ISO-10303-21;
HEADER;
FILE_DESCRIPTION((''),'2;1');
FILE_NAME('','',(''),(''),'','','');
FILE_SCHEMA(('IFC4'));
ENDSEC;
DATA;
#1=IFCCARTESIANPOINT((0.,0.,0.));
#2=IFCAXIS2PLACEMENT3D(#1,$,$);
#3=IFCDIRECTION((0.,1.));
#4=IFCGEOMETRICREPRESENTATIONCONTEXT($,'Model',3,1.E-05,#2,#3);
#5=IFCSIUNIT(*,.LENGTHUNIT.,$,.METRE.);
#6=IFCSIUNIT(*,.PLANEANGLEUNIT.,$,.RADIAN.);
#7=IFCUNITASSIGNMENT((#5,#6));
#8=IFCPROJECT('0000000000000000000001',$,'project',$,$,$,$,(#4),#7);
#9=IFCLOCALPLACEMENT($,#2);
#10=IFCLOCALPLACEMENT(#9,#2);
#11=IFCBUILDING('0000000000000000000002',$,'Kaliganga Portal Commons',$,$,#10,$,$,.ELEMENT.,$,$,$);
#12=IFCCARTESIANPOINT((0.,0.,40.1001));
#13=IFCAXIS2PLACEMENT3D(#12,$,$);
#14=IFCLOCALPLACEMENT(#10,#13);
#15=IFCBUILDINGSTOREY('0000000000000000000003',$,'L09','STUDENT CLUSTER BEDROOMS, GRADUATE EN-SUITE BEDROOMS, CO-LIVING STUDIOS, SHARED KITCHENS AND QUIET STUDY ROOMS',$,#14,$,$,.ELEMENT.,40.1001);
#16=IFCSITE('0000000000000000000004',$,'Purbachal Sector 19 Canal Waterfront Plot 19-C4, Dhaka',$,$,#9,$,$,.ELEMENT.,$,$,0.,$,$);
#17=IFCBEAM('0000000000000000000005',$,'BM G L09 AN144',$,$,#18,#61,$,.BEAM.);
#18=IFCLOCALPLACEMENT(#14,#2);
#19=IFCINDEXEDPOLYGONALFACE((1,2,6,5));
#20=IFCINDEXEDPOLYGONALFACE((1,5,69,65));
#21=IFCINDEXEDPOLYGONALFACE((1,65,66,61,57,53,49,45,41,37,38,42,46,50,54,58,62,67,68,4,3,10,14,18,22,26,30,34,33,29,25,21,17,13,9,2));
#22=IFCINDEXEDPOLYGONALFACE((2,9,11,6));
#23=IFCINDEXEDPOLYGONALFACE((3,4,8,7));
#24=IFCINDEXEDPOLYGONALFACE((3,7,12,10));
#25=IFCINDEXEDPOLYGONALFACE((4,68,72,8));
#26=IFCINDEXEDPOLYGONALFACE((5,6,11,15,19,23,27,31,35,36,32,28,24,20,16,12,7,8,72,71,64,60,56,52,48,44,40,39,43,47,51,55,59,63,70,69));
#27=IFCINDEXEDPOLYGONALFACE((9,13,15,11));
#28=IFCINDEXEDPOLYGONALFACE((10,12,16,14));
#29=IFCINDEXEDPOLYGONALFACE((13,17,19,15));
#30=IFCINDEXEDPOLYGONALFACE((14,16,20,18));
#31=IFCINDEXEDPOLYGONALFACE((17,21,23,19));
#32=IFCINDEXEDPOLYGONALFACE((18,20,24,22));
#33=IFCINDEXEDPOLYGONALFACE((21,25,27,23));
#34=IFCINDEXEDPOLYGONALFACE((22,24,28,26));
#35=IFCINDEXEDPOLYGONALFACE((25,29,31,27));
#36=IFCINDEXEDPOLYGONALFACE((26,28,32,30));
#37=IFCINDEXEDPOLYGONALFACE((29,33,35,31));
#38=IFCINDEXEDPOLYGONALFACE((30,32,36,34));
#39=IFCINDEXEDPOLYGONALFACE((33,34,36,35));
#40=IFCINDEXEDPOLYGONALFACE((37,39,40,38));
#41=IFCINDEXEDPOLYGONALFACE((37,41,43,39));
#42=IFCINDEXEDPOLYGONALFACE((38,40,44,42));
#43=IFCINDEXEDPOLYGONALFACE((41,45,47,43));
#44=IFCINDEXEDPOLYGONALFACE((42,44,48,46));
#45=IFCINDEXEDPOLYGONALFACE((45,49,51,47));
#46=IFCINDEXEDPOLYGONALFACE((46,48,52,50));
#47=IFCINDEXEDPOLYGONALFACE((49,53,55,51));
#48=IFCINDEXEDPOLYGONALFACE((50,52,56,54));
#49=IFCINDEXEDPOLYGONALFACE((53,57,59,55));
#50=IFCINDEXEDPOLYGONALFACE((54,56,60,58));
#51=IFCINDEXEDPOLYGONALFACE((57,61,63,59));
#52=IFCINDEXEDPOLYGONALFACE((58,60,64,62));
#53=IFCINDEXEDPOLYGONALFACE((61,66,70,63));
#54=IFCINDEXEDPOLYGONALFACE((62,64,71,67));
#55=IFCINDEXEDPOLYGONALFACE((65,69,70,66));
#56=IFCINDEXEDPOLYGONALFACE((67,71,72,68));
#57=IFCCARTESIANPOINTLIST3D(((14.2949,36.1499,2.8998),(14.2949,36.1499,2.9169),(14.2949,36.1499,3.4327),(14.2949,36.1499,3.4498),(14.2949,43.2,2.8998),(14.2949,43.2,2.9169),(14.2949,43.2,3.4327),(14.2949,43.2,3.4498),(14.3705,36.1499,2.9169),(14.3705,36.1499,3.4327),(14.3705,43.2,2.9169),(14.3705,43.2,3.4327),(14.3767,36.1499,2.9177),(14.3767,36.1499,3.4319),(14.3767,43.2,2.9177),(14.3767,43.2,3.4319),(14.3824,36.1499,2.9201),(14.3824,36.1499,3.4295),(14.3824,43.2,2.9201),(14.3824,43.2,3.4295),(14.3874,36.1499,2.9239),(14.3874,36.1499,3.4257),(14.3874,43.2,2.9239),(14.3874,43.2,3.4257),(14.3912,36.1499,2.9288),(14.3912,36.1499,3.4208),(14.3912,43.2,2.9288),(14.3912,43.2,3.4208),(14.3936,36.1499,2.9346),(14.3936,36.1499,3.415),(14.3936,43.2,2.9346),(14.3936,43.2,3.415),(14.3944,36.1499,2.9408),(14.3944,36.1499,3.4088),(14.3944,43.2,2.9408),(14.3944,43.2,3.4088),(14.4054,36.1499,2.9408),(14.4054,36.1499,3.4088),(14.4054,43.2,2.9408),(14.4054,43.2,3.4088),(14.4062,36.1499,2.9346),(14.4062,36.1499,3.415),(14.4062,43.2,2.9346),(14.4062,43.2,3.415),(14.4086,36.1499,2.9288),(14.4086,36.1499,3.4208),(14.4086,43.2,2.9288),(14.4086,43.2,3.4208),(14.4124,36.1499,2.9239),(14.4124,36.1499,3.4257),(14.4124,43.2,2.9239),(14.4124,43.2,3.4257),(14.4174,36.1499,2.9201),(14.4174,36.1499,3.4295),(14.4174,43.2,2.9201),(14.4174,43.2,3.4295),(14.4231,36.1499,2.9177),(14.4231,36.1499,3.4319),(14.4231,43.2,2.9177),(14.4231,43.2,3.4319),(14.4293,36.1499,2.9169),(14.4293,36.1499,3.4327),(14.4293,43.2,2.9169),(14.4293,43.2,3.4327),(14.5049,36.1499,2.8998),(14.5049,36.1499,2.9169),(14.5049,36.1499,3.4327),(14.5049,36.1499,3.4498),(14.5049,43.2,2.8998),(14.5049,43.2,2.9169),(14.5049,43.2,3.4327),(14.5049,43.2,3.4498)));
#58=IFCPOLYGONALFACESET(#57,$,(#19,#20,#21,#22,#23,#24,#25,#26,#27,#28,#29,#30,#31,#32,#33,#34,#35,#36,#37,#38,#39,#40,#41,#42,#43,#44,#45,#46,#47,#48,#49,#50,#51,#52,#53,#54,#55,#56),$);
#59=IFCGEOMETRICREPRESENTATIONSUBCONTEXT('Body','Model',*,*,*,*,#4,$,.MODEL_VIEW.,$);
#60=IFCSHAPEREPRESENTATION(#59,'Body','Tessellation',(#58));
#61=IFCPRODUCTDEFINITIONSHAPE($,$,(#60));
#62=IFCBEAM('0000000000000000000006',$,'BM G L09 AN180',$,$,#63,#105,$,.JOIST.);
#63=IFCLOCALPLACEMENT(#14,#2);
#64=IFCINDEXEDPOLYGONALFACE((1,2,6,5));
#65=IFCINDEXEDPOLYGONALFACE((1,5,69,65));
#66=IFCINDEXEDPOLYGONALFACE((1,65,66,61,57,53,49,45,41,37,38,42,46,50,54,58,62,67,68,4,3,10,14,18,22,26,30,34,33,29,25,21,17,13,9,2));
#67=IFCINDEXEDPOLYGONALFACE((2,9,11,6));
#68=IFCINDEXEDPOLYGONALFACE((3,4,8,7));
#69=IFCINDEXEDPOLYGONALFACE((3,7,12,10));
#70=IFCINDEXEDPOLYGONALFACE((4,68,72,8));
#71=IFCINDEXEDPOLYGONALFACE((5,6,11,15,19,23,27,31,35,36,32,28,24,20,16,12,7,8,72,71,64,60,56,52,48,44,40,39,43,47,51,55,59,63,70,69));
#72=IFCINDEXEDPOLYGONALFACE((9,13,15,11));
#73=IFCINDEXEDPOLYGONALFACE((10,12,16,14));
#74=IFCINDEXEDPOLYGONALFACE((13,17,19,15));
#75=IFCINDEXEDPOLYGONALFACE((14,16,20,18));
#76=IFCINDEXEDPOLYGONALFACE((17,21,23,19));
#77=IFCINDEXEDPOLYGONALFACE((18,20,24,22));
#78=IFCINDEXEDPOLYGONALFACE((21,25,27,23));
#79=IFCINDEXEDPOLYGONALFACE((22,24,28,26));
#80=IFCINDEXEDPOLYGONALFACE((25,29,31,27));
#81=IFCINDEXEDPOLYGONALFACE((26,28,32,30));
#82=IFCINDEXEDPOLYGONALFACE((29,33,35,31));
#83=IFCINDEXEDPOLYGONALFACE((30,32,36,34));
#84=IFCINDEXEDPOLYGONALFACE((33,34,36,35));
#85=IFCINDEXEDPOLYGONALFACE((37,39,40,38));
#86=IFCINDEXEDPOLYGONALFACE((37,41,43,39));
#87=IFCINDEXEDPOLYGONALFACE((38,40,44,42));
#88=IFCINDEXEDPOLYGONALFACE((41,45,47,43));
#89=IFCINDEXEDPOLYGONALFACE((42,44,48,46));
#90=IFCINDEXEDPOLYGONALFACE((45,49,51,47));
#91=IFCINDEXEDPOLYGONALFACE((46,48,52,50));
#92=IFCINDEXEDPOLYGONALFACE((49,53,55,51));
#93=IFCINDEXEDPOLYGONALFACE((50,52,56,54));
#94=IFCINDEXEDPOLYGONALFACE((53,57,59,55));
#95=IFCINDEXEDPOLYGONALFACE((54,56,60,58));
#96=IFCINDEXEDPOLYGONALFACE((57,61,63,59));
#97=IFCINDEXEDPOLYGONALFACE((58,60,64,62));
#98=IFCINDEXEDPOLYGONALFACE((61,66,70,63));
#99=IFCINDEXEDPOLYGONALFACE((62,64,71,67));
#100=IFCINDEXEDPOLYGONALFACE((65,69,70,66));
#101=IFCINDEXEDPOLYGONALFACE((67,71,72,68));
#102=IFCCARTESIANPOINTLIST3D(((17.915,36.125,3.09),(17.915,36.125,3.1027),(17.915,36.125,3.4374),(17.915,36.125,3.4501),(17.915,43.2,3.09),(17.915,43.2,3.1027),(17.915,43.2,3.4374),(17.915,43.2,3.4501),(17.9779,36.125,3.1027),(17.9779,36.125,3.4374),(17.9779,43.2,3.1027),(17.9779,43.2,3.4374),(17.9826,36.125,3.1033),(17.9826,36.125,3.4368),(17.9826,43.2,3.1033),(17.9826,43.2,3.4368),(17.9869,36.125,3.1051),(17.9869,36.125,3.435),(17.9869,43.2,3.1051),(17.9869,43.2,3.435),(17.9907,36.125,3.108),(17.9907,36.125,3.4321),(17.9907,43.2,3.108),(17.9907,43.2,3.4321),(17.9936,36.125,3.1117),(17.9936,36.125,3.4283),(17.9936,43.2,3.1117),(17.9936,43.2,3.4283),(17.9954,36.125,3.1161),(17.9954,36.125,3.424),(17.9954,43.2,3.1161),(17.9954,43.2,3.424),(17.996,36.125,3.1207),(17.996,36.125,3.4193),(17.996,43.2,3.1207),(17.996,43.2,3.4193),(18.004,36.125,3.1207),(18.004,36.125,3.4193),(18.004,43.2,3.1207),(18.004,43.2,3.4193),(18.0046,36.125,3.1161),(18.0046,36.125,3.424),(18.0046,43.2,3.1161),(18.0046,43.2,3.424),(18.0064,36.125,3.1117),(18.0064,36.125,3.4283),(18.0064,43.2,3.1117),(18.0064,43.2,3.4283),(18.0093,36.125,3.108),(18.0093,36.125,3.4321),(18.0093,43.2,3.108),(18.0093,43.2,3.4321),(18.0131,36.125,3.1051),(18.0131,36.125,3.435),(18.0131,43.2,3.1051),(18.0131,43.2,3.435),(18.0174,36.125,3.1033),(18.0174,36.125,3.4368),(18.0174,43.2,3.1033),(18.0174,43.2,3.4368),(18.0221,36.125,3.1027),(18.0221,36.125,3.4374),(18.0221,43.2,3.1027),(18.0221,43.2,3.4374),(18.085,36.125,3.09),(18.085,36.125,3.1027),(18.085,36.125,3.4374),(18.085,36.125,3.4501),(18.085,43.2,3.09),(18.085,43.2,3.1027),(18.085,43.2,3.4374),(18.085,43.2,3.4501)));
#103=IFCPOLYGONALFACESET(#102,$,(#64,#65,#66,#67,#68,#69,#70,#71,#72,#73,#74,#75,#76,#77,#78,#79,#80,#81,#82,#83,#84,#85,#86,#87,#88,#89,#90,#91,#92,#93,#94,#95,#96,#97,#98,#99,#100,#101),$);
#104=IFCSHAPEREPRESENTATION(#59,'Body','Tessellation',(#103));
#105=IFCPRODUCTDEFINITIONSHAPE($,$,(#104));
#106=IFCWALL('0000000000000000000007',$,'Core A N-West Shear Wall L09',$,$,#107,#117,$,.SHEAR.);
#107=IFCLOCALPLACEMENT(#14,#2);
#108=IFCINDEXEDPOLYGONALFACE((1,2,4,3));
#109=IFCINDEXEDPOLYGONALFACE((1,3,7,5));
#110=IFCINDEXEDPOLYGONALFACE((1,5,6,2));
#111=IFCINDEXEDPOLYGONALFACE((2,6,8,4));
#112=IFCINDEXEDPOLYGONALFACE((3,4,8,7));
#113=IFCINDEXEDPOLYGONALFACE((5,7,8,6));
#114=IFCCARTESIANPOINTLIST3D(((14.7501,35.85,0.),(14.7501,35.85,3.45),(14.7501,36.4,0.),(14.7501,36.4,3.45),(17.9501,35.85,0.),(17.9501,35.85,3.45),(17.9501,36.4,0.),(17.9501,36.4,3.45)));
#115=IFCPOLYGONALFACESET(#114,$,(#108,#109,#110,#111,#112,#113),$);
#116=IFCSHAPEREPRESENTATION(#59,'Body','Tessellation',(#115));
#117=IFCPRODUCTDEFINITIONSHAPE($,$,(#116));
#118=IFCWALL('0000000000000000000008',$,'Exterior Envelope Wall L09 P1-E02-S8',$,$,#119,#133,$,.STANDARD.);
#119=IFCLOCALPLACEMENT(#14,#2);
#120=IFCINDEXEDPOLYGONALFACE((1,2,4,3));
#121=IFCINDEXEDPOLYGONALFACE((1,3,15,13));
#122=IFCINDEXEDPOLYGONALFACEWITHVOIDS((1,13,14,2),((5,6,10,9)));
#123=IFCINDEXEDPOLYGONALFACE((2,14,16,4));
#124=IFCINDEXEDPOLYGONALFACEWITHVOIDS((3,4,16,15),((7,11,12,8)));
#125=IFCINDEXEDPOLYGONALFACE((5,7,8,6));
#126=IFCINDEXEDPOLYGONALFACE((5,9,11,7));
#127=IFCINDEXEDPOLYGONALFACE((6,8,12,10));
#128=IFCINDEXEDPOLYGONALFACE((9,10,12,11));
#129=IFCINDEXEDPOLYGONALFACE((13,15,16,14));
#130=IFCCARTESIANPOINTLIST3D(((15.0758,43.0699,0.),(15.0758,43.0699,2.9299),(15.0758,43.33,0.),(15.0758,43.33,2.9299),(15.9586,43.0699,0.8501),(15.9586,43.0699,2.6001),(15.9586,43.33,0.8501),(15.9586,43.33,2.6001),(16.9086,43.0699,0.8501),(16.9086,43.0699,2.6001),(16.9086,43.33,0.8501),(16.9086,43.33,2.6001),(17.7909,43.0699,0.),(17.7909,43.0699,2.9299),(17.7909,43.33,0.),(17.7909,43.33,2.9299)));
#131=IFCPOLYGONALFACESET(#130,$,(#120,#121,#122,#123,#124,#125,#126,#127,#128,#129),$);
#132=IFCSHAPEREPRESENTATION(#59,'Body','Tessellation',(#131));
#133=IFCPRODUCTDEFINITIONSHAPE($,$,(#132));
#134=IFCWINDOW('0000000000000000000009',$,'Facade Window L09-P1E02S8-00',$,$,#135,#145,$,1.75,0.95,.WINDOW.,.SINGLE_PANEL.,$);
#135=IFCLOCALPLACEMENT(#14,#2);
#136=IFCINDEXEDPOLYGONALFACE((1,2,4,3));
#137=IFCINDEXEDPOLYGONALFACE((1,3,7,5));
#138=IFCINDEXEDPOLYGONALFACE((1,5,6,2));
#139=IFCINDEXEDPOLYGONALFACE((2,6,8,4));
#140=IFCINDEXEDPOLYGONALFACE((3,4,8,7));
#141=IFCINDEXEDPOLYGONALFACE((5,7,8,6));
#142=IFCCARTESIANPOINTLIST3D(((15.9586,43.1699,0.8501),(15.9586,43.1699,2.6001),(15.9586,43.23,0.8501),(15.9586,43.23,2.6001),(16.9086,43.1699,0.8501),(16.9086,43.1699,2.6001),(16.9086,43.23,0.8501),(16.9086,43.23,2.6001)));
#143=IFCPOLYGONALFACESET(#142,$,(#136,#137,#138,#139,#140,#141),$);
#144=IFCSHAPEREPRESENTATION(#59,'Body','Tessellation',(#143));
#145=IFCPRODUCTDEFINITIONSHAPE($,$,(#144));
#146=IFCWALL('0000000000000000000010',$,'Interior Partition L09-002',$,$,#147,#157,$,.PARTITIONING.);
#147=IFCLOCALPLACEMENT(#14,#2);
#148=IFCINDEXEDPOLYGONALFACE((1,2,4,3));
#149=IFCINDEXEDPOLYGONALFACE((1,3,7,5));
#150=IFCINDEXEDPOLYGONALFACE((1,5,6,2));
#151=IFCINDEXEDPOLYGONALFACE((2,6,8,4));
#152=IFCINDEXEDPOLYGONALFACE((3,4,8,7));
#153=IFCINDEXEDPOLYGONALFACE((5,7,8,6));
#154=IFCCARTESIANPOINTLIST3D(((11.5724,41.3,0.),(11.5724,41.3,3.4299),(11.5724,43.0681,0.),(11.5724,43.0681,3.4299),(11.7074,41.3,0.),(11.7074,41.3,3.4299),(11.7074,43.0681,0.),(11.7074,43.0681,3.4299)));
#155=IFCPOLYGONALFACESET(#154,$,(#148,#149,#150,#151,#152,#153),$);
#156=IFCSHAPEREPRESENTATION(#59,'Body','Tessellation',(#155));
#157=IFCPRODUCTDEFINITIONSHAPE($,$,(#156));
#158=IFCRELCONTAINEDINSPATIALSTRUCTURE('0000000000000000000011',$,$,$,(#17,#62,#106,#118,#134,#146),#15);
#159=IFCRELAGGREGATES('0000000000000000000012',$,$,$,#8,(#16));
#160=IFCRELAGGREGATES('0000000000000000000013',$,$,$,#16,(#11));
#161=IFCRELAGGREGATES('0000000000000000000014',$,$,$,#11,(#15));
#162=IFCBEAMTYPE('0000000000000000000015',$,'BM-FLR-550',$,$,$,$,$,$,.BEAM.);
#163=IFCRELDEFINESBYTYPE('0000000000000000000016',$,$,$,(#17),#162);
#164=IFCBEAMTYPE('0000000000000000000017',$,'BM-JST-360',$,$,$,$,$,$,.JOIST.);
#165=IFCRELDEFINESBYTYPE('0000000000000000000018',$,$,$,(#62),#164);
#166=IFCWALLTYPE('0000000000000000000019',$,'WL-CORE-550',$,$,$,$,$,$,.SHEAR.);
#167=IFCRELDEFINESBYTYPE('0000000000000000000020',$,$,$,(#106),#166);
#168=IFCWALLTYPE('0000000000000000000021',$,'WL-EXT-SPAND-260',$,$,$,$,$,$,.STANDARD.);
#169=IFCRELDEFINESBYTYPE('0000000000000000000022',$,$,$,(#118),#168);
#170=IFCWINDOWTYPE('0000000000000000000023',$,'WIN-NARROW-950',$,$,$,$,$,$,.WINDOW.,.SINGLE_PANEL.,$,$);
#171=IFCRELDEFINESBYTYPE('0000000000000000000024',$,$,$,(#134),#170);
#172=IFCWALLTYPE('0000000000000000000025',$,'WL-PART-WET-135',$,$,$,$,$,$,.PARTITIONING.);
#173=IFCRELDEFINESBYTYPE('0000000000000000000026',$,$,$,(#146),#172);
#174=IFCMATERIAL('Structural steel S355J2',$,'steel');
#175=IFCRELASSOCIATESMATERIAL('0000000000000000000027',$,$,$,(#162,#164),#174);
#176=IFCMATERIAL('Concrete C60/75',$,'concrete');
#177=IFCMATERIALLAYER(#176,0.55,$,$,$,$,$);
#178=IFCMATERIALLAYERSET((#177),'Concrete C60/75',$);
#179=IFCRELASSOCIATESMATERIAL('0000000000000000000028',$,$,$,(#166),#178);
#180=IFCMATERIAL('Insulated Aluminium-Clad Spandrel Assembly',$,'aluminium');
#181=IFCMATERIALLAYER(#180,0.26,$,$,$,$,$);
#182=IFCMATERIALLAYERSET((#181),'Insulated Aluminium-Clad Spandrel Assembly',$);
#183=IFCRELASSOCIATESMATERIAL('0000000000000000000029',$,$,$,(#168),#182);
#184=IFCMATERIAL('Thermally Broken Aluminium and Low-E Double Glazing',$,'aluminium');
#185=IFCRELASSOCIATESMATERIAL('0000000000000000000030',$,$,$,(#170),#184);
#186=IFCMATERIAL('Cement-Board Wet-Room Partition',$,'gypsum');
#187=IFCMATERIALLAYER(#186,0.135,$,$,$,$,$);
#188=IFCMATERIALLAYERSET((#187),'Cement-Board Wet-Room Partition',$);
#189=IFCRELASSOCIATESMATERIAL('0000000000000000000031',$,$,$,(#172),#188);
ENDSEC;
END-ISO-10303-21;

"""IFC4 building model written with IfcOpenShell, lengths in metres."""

from ifc_helpers import new_model, si_unit, direction, frame, frame_2d, origin, origin_2d, place, context, subcontext, project, spatial, rectangle, i_section, extrude, source, transform, mapped, material, layer, layer_set, material_profile, profile_set, type_object, element, fill, save


model = new_model("IFC4")

# Units and contexts
model_context = context("Model", 3, precision=1e-05, world=origin(), true_north=direction((0.0, 1.0)))
body_context = subcontext(model_context, "Body", "Model", "MODEL_VIEW")
ifc_project = project(units=[si_unit("LENGTHUNIT", "METRE"), si_unit("PLANEANGLEUNIT", "RADIAN")], contexts=[model_context])

# Site, building, storey
site_placement = place(None, origin())
site = spatial("IfcSite", under=ifc_project, at=site_placement, Name="Purbachal Sector 19 Canal Waterfront Plot 19-C4, Dhaka", CompositionType="ELEMENT", RefElevation=0.0)
building_placement = place(site_placement, origin())
building = spatial("IfcBuilding", under=site, at=building_placement, Name="Kaliganga Portal Commons", CompositionType="ELEMENT")
storey_placement = place(building_placement, frame((0.0, 0.0, 40.1001)))
storey = spatial("IfcBuildingStorey", under=building, at=storey_placement, Name="L09", Description="STUDENT CLUSTER BEDROOMS, GRADUATE EN-SUITE BEDROOMS, CO-LIVING STUDIOS, SHARED KITCHENS AND QUIET STUDY ROOMS", CompositionType="ELEMENT", Elevation=40.1001)

# Beams
ifc_material_1 = material(Name="Concrete C60/75", Category="concrete")
ifc_material_2 = material(Name="Structural steel S355J2", Category="steel")
ifc_material_profile_1 = material_profile(ifc_material_2, i_section(OverallWidth=0.21, OverallDepth=0.55, WebThickness=0.011, FlangeThickness=0.0171, FilletRadius=0.0239, at=origin_2d()), Name="IPE 550")
ifc_profile_set_1 = profile_set([ifc_material_profile_1], Name="Structural steel S355J2 wide-flange")
beam_type_1 = type_object("IfcBeamType", Name="BM-FLR-550", PredefinedType="BEAM", material=ifc_profile_set_1)
shared_shape_1 = source(origin(), body_context, "Body", "SweptSolid", [
    extrude(i_section(OverallWidth=0.21, OverallDepth=0.55, WebThickness=0.011, FlangeThickness=0.0171, FilletRadius=0.0239, at=origin_2d()), origin(), (0.0, 0.0, 1.0), 7.05),
])
beam_1_placement = place(storey_placement, frame((14.3999, 36.1499, 3.1748), z_axis=(0.0, 1.0, 0.0), x_axis=(-1.0, 0.0, 0.0)))
element("IfcBeam", 1, at=beam_1_placement, inside=storey, type_object=beam_type_1, Name="BM G L09 AN144", PredefinedType="BEAM", context=body_context, shape_type="MappedRepresentation", body=[
    mapped(shared_shape_1, transform((0.0, 0.0, 0.0), x_axis=(1.0, 0.0, 0.0), y_axis=(0.0, 1.0, 0.0), z_axis=(0.0, 0.0, 1.0), scale=1.0)),
])
ifc_material_profile_2 = material_profile(ifc_material_2, i_section(OverallWidth=0.1699, OverallDepth=0.3601, WebThickness=0.0081, FlangeThickness=0.0127, FilletRadius=0.0181, at=origin_2d()), Name="IPE 360")
ifc_profile_set_2 = profile_set([ifc_material_profile_2], Name="Structural steel S355J2 wide-flange")
beam_type_2 = type_object("IfcBeamType", Name="BM-JST-360", PredefinedType="JOIST", material=ifc_profile_set_2)
shared_shape_2 = source(origin(), body_context, "Body", "SweptSolid", [
    extrude(i_section(OverallWidth=0.1699, OverallDepth=0.3601, WebThickness=0.0081, FlangeThickness=0.0127, FilletRadius=0.0181, at=origin_2d()), origin(), (0.0, 0.0, 1.0), 7.075),
])
beam_2_placement = place(storey_placement, frame((18.0, 36.125, 3.27), z_axis=(0.0, 1.0, 0.0), x_axis=(-1.0, 0.0, 0.0)))
element("IfcBeam", 2, at=beam_2_placement, inside=storey, type_object=beam_type_2, Name="BM G L09 AN180", PredefinedType="JOIST", context=body_context, shape_type="MappedRepresentation", body=[
    mapped(shared_shape_2, transform((0.0, 0.0, 0.0), x_axis=(1.0, 0.0, 0.0), y_axis=(0.0, 1.0, 0.0), z_axis=(0.0, 0.0, 1.0), scale=1.0)),
])

# Wall
ifc_layer_1 = layer(ifc_material_1, 0.55)
ifc_layer_set_1 = layer_set([ifc_layer_1], Name="Concrete C60/75")
wall_type_1 = type_object("IfcWallType", Name="WL-CORE-550", PredefinedType="SHEAR", material=ifc_layer_set_1)
wall_1_placement = place(storey_placement, frame((14.75, 36.125, 0.0), z_axis=(0.0, 0.0, 1.0), x_axis=(1.0, 0.0, 0.0)))
element("IfcWall", 3, at=wall_1_placement, inside=storey, type_object=wall_type_1, Name="Core A N-West Shear Wall L09", PredefinedType="SHEAR", context=body_context, shape_type="SweptSolid", body=[
    extrude(rectangle(XDim=3.2, YDim=0.55, at=frame_2d((1.6001, 0.0))), origin(), (0.0, 0.0, 1.0), 3.45),
])

# Wall, opening, window
ifc_material_3 = material(Name="Insulated Aluminium-Clad Spandrel Assembly", Category="aluminium")
ifc_layer_2 = layer(ifc_material_3, 0.26)
ifc_layer_set_2 = layer_set([ifc_layer_2], Name="Insulated Aluminium-Clad Spandrel Assembly")
wall_type_2 = type_object("IfcWallType", Name="WL-EXT-SPAND-260", PredefinedType="STANDARD", material=ifc_layer_set_2)
wall_2_placement = place(storey_placement, frame((15.0759, 43.2, 0.0), z_axis=(0.0, 0.0, 1.0), x_axis=(1.0, 0.0, 0.0)))
wall_2 = element("IfcWall", 4, at=wall_2_placement, inside=storey, type_object=wall_type_2, Name="Exterior Envelope Wall L09 P1-E02-S8", PredefinedType="STANDARD", context=body_context, shape_type="SweptSolid", body=[
    extrude(rectangle(XDim=2.7151, YDim=0.26, at=frame_2d((1.3574, 0.0))), origin(), (0.0, 0.0, 1.0), 2.9299),
])
opening_1_placement = place(wall_2_placement, frame((0.8826, 0.0, 0.8501)))
opening_1 = element("IfcOpeningElement", 5, at=opening_1_placement, cuts=wall_2, PredefinedType="OPENING", context=body_context, shape_type="SweptSolid", body=[
    extrude(rectangle(XDim=0.95, YDim=1.75, at=frame_2d((0.4751, 0.875))), frame((0.0, 0.1401, 0.0), z_axis=(0.0, -1.0, 0.0), x_axis=(1.0, 0.0, 0.0)), (0.0, 0.0, 1.0), 0.28),
])
ifc_material_4 = material(Name="Thermally Broken Aluminium and Low-E Double Glazing", Category="aluminium")
window_type = type_object("IfcWindowType", Name="WIN-NARROW-950", PartitioningType="SINGLE_PANEL", PredefinedType="WINDOW", material=ifc_material_4)
window_placement = place(opening_1_placement, origin())
window = element("IfcWindow", 6, at=window_placement, inside=storey, type_object=window_type, Name="Facade Window L09-P1E02S8-00", OverallHeight=1.75, OverallWidth=0.95, PartitioningType="SINGLE_PANEL", PredefinedType="WINDOW", context=body_context, shape_type="SweptSolid", body=[
    extrude(rectangle(XDim=0.95, YDim=1.75, at=frame_2d((0.4751, 0.875))), frame((0.0, 0.03, 0.0), z_axis=(0.0, -1.0, 0.0), x_axis=(1.0, 0.0, 0.0)), (0.0, 0.0, 1.0), 0.0601),
])
fill(opening_1, window)

# Wall
ifc_material_5 = material(Name="Cement-Board Wet-Room Partition", Category="gypsum")
ifc_layer_3 = layer(ifc_material_5, 0.135)
ifc_layer_set_3 = layer_set([ifc_layer_3], Name="Cement-Board Wet-Room Partition")
wall_type_3 = type_object("IfcWallType", Name="WL-PART-WET-135", PredefinedType="PARTITIONING", material=ifc_layer_set_3)
wall_3_placement = place(storey_placement, frame((11.6399, 41.3, 0.0), z_axis=(0.0, 0.0, 1.0), x_axis=(0.0, 1.0, 0.0)))
element("IfcWall", 7, at=wall_3_placement, inside=storey, type_object=wall_type_3, Name="Interior Partition L09-002", PredefinedType="PARTITIONING", context=body_context, shape_type="SweptSolid", body=[
    extrude(rectangle(XDim=1.7681, YDim=0.135, at=frame_2d((0.884, 0.0))), origin(), (0.0, 0.0, 1.0), 3.4299),
])

save(model, "model.ifc")
